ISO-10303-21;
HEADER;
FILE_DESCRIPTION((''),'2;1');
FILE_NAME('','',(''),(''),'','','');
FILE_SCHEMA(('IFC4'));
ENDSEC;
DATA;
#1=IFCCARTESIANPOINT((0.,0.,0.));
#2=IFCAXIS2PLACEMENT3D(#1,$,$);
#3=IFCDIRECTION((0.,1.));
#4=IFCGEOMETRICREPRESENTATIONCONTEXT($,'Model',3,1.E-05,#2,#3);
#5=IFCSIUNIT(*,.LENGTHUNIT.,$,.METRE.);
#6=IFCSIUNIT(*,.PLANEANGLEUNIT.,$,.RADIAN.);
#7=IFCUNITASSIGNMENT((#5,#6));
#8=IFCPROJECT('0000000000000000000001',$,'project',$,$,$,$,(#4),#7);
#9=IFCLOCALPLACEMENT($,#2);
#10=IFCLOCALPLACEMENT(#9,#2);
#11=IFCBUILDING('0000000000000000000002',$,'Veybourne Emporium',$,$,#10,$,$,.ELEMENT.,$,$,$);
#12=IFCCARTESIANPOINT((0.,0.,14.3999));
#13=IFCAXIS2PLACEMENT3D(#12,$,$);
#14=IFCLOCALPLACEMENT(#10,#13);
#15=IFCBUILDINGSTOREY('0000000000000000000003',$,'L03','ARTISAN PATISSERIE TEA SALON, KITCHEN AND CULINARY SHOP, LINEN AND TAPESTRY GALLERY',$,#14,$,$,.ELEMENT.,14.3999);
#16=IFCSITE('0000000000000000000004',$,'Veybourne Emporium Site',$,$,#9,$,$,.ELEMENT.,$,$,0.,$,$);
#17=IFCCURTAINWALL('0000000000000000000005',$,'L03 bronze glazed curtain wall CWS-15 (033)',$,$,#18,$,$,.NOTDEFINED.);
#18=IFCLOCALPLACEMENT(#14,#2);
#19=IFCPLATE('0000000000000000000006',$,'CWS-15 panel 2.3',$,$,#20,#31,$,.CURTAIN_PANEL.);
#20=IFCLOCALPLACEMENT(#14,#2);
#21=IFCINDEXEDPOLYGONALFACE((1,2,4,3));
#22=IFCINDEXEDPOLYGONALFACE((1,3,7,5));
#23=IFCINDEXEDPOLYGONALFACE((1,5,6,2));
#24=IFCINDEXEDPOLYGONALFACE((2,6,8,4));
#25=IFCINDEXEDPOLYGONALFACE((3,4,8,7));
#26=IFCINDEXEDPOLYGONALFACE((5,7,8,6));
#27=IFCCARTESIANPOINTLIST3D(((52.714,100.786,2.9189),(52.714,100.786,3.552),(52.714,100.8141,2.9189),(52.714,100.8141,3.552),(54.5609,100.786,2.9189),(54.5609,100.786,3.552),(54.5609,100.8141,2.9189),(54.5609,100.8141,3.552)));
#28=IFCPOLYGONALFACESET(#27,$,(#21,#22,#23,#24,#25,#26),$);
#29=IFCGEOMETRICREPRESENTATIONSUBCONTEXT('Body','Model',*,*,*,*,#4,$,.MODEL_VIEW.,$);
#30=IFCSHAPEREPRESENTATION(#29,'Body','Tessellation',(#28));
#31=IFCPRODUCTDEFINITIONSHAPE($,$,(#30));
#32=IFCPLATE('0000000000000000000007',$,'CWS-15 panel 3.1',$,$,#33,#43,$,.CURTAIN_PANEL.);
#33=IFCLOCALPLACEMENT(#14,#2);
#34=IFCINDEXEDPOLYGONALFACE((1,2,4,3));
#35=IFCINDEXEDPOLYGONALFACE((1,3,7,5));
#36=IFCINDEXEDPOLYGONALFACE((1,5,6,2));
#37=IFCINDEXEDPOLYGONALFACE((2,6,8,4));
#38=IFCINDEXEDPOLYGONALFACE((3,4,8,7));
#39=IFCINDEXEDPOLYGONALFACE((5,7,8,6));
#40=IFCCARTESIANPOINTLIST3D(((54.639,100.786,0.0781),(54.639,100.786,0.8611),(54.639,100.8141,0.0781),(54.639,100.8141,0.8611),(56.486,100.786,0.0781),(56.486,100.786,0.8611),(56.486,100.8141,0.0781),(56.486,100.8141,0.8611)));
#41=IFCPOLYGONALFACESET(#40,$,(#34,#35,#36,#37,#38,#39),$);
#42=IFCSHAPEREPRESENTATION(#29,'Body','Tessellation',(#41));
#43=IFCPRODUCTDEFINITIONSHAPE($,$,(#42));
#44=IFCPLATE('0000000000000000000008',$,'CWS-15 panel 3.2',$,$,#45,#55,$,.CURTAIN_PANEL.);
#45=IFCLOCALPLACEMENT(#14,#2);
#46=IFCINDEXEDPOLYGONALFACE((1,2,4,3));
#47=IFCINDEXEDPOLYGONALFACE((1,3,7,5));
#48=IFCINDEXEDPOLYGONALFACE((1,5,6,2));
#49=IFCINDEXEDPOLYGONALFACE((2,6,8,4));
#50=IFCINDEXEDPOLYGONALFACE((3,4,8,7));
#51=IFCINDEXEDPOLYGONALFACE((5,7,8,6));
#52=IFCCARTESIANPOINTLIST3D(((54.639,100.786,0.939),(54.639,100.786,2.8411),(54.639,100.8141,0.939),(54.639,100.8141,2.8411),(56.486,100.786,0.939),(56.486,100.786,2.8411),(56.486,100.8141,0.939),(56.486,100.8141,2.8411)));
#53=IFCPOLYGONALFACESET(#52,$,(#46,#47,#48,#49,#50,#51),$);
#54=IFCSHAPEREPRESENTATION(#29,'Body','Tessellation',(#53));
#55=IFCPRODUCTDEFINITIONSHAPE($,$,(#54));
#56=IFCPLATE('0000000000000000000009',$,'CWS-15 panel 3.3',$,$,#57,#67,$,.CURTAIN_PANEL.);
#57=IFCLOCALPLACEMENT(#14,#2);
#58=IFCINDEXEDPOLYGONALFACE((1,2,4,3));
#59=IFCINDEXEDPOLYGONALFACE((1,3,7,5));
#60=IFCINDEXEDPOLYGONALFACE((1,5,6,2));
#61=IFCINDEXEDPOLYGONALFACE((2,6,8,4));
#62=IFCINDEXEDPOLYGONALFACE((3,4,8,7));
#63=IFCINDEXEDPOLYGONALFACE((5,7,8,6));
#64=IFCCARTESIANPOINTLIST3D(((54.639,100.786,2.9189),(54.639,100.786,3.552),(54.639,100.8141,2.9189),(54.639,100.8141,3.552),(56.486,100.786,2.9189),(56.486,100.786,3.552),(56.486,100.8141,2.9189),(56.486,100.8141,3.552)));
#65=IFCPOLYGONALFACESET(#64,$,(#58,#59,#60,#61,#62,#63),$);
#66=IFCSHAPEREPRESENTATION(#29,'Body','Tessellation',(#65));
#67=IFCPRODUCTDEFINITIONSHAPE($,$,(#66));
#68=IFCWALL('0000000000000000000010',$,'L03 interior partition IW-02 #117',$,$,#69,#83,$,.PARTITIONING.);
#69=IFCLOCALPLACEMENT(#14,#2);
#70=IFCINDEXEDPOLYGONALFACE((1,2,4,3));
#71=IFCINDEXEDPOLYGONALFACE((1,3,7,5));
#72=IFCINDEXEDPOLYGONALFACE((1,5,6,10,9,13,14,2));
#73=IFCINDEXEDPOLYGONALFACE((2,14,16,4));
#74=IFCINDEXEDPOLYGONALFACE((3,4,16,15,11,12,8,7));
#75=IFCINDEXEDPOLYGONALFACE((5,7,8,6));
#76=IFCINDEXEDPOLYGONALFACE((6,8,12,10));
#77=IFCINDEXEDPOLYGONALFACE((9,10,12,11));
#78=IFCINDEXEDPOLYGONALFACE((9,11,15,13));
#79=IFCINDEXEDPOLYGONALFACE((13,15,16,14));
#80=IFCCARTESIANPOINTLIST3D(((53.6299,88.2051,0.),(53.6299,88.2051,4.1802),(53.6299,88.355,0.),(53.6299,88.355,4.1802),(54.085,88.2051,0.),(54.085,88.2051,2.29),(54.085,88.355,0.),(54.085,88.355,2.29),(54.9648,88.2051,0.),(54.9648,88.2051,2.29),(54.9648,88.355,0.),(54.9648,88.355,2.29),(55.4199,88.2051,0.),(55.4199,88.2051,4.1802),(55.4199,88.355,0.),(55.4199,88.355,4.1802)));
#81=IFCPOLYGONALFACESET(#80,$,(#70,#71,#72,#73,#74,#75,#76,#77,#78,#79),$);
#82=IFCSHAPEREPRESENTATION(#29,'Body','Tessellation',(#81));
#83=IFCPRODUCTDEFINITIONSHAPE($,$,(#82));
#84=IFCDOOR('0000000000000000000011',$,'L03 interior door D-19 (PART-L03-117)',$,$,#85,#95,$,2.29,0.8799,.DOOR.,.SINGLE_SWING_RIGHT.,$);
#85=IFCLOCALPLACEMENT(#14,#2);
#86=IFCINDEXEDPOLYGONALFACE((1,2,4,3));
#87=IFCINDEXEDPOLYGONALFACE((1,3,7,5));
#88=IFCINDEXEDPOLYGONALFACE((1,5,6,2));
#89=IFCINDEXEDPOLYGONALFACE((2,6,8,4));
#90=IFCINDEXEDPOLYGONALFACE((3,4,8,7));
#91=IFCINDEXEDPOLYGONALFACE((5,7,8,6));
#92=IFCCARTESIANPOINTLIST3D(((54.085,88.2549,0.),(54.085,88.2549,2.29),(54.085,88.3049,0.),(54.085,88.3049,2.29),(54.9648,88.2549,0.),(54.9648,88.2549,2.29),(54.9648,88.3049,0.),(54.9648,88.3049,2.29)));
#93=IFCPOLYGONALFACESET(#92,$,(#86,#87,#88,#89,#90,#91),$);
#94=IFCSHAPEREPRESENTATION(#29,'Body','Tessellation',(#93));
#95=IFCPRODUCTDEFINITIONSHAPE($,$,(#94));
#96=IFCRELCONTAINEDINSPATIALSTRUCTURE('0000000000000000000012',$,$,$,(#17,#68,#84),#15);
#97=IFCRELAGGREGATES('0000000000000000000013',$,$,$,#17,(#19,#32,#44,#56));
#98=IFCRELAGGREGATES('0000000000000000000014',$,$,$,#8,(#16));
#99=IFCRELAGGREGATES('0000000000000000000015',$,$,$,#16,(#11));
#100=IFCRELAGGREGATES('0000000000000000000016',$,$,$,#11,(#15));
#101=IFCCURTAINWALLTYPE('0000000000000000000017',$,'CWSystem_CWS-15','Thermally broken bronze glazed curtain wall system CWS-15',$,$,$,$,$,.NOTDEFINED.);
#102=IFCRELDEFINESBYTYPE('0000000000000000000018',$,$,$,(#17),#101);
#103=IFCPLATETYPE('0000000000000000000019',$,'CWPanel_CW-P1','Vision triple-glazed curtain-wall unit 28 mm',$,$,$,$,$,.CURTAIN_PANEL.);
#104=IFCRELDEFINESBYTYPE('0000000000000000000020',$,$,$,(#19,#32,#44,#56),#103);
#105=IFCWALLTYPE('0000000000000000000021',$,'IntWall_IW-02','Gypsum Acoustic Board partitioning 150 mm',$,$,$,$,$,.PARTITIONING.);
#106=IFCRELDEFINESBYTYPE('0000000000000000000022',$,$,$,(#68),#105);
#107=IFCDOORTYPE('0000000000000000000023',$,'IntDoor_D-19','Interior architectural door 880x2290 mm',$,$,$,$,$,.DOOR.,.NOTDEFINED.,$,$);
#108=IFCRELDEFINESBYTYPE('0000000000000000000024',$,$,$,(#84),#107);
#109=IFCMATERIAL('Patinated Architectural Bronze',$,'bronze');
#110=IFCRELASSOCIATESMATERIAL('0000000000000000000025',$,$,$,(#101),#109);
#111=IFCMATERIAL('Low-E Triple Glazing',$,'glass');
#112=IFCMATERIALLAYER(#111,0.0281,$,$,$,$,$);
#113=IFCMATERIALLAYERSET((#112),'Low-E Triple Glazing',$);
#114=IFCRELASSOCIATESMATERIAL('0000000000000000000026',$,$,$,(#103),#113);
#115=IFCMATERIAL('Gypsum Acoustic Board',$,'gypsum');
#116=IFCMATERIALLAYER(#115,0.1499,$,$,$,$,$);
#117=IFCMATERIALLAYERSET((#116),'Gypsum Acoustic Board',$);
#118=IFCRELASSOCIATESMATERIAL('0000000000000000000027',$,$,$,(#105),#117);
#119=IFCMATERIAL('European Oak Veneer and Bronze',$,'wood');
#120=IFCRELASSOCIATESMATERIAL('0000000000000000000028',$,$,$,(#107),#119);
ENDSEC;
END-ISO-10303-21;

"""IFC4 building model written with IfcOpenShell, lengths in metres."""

from ifc_helpers import new_model, si_unit, direction, frame, frame_2d, origin, origin_2d, place, context, subcontext, project, spatial, rectangle, extrude, material, layer, layer_set, type_object, element, fill, aggregate, save


model = new_model("IFC4")

# Units and contexts
model_context = context("Model", 3, precision=1e-05, world=origin(), true_north=direction((0.0, 1.0)))
body_context = subcontext(model_context, "Body", "Model", "MODEL_VIEW")
ifc_project = project(units=[si_unit("LENGTHUNIT", "METRE"), si_unit("PLANEANGLEUNIT", "RADIAN")], contexts=[model_context])

# Site, building, storey
site_placement = place(None, origin())
site = spatial("IfcSite", under=ifc_project, at=site_placement, Name="Veybourne Emporium Site", CompositionType="ELEMENT", RefElevation=0.0)
building_placement = place(site_placement, origin())
building = spatial("IfcBuilding", under=site, at=building_placement, Name="Veybourne Emporium", CompositionType="ELEMENT")
storey_placement = place(building_placement, frame((0.0, 0.0, 14.3999)))
storey = spatial("IfcBuildingStorey", under=building, at=storey_placement, Name="L03", Description="ARTISAN PATISSERIE TEA SALON, KITCHEN AND CULINARY SHOP, LINEN AND TAPESTRY GALLERY", CompositionType="ELEMENT", Elevation=14.3999)

# Curtain wall
ifc_material_1 = material(Name="Patinated Architectural Bronze", Category="bronze")
curtain_wall_type = type_object("IfcCurtainWallType", Name="CWSystem_CWS-15", Description="Thermally broken bronze glazed curtain wall system CWS-15", PredefinedType="NOTDEFINED", material=ifc_material_1)
curtain_wall_placement = place(storey_placement, origin())
curtain_wall = element("IfcCurtainWall", 1, at=curtain_wall_placement, inside=storey, type_object=curtain_wall_type, Name="L03 bronze glazed curtain wall CWS-15 (033)", PredefinedType="NOTDEFINED")

# Plates
ifc_material_2 = material(Name="Low-E Triple Glazing", Category="glass")
ifc_layer_1 = layer(ifc_material_2, 0.0281)
ifc_layer_set_1 = layer_set([ifc_layer_1], Name="Low-E Triple Glazing")
plate_type = type_object("IfcPlateType", Name="CWPanel_CW-P1", Description="Vision triple-glazed curtain-wall unit 28 mm", PredefinedType="CURTAIN_PANEL", material=ifc_layer_set_1)
plate_1_placement = place(storey_placement, frame((53.6375, 100.8, 2.9189), z_axis=(0.0, 0.0, 1.0), x_axis=(1.0, 0.0, 0.0)))
plate_1 = element("IfcPlate", 2, at=plate_1_placement, type_object=plate_type, Name="CWS-15 panel 2.3", PredefinedType="CURTAIN_PANEL", context=body_context, shape_type="SweptSolid", body=[
    extrude(rectangle(XDim=1.8469, YDim=0.0281, at=origin_2d()), origin(), (0.0, 0.0, 1.0), 0.6331),
])
plate_2_placement = place(storey_placement, frame((55.5625, 100.8, 0.0781), z_axis=(0.0, 0.0, 1.0), x_axis=(1.0, 0.0, 0.0)))
plate_2 = element("IfcPlate", 3, at=plate_2_placement, type_object=plate_type, Name="CWS-15 panel 3.1", PredefinedType="CURTAIN_PANEL", context=body_context, shape_type="SweptSolid", body=[
    extrude(rectangle(XDim=1.8469, YDim=0.0281, at=origin_2d()), origin(), (0.0, 0.0, 1.0), 0.783),
])
plate_3_placement = place(storey_placement, frame((55.5625, 100.8, 0.939), z_axis=(0.0, 0.0, 1.0), x_axis=(1.0, 0.0, 0.0)))
plate_3 = element("IfcPlate", 4, at=plate_3_placement, type_object=plate_type, Name="CWS-15 panel 3.2", PredefinedType="CURTAIN_PANEL", context=body_context, shape_type="SweptSolid", body=[
    extrude(rectangle(XDim=1.8469, YDim=0.0281, at=origin_2d()), origin(), (0.0, 0.0, 1.0), 1.9021),
])
plate_4_placement = place(storey_placement, frame((55.5625, 100.8, 2.9189), z_axis=(0.0, 0.0, 1.0), x_axis=(1.0, 0.0, 0.0)))
plate_4 = element("IfcPlate", 5, at=plate_4_placement, type_object=plate_type, Name="CWS-15 panel 3.3", PredefinedType="CURTAIN_PANEL", context=body_context, shape_type="SweptSolid", body=[
    extrude(rectangle(XDim=1.8469, YDim=0.0281, at=origin_2d()), origin(), (0.0, 0.0, 1.0), 0.6331),
])
aggregate(curtain_wall, [plate_1, plate_2, plate_3, plate_4])

# Wall, opening, door
ifc_material_3 = material(Name="Gypsum Acoustic Board", Category="gypsum")
ifc_layer_2 = layer(ifc_material_3, 0.1499)
ifc_layer_set_2 = layer_set([ifc_layer_2], Name="Gypsum Acoustic Board")
wall_type = type_object("IfcWallType", Name="IntWall_IW-02", Description="Gypsum Acoustic Board partitioning 150 mm", PredefinedType="PARTITIONING", material=ifc_layer_set_2)
wall_placement = place(storey_placement, frame((53.6299, 88.28, 0.0), z_axis=(0.0, 0.0, 1.0), x_axis=(1.0, 0.0, 0.0)))
wall = element("IfcWall", 6, at=wall_placement, inside=storey, type_object=wall_type, Name="L03 interior partition IW-02 #117", PredefinedType="PARTITIONING", context=body_context, shape_type="SweptSolid", body=[
    extrude(rectangle(XDim=1.79, YDim=0.1499, at=frame_2d((0.895, 0.0))), origin(), (0.0, 0.0, 1.0), 4.1802),
])
opening_placement = place(wall_placement, frame((0.4551, 0.0, 0.0)))
opening = element("IfcOpeningElement", 7, at=opening_placement, cuts=wall, PredefinedType="OPENING", context=body_context, shape_type="SweptSolid", body=[
    extrude(rectangle(XDim=0.8799, YDim=2.29, at=frame_2d((0.4399, 1.145))), frame((0.0, 0.095, 0.0), z_axis=(0.0, -1.0, 0.0), x_axis=(1.0, 0.0, 0.0)), (0.0, 0.0, 1.0), 0.1899),
])
ifc_material_4 = material(Name="European Oak Veneer and Bronze", Category="wood")
door_type = type_object("IfcDoorType", Name="IntDoor_D-19", Description="Interior architectural door 880x2290 mm", OperationType="NOTDEFINED", PredefinedType="DOOR", material=ifc_material_4)
door_placement = place(opening_placement, origin())
door = element("IfcDoor", 8, at=door_placement, inside=storey, type_object=door_type, Name="L03 interior door D-19 (PART-L03-117)", OperationType="SINGLE_SWING_RIGHT", OverallHeight=2.29, OverallWidth=0.8799, PredefinedType="DOOR", context=body_context, shape_type="SweptSolid", body=[
    extrude(rectangle(XDim=0.8799, YDim=2.29, at=frame_2d((0.4399, 1.145))), frame((0.0, 0.0249, 0.0), z_axis=(0.0, -1.0, 0.0), x_axis=(1.0, 0.0, 0.0)), (0.0, 0.0, 1.0), 0.05),
])
fill(opening, door)

save(model, "model.ifc")
